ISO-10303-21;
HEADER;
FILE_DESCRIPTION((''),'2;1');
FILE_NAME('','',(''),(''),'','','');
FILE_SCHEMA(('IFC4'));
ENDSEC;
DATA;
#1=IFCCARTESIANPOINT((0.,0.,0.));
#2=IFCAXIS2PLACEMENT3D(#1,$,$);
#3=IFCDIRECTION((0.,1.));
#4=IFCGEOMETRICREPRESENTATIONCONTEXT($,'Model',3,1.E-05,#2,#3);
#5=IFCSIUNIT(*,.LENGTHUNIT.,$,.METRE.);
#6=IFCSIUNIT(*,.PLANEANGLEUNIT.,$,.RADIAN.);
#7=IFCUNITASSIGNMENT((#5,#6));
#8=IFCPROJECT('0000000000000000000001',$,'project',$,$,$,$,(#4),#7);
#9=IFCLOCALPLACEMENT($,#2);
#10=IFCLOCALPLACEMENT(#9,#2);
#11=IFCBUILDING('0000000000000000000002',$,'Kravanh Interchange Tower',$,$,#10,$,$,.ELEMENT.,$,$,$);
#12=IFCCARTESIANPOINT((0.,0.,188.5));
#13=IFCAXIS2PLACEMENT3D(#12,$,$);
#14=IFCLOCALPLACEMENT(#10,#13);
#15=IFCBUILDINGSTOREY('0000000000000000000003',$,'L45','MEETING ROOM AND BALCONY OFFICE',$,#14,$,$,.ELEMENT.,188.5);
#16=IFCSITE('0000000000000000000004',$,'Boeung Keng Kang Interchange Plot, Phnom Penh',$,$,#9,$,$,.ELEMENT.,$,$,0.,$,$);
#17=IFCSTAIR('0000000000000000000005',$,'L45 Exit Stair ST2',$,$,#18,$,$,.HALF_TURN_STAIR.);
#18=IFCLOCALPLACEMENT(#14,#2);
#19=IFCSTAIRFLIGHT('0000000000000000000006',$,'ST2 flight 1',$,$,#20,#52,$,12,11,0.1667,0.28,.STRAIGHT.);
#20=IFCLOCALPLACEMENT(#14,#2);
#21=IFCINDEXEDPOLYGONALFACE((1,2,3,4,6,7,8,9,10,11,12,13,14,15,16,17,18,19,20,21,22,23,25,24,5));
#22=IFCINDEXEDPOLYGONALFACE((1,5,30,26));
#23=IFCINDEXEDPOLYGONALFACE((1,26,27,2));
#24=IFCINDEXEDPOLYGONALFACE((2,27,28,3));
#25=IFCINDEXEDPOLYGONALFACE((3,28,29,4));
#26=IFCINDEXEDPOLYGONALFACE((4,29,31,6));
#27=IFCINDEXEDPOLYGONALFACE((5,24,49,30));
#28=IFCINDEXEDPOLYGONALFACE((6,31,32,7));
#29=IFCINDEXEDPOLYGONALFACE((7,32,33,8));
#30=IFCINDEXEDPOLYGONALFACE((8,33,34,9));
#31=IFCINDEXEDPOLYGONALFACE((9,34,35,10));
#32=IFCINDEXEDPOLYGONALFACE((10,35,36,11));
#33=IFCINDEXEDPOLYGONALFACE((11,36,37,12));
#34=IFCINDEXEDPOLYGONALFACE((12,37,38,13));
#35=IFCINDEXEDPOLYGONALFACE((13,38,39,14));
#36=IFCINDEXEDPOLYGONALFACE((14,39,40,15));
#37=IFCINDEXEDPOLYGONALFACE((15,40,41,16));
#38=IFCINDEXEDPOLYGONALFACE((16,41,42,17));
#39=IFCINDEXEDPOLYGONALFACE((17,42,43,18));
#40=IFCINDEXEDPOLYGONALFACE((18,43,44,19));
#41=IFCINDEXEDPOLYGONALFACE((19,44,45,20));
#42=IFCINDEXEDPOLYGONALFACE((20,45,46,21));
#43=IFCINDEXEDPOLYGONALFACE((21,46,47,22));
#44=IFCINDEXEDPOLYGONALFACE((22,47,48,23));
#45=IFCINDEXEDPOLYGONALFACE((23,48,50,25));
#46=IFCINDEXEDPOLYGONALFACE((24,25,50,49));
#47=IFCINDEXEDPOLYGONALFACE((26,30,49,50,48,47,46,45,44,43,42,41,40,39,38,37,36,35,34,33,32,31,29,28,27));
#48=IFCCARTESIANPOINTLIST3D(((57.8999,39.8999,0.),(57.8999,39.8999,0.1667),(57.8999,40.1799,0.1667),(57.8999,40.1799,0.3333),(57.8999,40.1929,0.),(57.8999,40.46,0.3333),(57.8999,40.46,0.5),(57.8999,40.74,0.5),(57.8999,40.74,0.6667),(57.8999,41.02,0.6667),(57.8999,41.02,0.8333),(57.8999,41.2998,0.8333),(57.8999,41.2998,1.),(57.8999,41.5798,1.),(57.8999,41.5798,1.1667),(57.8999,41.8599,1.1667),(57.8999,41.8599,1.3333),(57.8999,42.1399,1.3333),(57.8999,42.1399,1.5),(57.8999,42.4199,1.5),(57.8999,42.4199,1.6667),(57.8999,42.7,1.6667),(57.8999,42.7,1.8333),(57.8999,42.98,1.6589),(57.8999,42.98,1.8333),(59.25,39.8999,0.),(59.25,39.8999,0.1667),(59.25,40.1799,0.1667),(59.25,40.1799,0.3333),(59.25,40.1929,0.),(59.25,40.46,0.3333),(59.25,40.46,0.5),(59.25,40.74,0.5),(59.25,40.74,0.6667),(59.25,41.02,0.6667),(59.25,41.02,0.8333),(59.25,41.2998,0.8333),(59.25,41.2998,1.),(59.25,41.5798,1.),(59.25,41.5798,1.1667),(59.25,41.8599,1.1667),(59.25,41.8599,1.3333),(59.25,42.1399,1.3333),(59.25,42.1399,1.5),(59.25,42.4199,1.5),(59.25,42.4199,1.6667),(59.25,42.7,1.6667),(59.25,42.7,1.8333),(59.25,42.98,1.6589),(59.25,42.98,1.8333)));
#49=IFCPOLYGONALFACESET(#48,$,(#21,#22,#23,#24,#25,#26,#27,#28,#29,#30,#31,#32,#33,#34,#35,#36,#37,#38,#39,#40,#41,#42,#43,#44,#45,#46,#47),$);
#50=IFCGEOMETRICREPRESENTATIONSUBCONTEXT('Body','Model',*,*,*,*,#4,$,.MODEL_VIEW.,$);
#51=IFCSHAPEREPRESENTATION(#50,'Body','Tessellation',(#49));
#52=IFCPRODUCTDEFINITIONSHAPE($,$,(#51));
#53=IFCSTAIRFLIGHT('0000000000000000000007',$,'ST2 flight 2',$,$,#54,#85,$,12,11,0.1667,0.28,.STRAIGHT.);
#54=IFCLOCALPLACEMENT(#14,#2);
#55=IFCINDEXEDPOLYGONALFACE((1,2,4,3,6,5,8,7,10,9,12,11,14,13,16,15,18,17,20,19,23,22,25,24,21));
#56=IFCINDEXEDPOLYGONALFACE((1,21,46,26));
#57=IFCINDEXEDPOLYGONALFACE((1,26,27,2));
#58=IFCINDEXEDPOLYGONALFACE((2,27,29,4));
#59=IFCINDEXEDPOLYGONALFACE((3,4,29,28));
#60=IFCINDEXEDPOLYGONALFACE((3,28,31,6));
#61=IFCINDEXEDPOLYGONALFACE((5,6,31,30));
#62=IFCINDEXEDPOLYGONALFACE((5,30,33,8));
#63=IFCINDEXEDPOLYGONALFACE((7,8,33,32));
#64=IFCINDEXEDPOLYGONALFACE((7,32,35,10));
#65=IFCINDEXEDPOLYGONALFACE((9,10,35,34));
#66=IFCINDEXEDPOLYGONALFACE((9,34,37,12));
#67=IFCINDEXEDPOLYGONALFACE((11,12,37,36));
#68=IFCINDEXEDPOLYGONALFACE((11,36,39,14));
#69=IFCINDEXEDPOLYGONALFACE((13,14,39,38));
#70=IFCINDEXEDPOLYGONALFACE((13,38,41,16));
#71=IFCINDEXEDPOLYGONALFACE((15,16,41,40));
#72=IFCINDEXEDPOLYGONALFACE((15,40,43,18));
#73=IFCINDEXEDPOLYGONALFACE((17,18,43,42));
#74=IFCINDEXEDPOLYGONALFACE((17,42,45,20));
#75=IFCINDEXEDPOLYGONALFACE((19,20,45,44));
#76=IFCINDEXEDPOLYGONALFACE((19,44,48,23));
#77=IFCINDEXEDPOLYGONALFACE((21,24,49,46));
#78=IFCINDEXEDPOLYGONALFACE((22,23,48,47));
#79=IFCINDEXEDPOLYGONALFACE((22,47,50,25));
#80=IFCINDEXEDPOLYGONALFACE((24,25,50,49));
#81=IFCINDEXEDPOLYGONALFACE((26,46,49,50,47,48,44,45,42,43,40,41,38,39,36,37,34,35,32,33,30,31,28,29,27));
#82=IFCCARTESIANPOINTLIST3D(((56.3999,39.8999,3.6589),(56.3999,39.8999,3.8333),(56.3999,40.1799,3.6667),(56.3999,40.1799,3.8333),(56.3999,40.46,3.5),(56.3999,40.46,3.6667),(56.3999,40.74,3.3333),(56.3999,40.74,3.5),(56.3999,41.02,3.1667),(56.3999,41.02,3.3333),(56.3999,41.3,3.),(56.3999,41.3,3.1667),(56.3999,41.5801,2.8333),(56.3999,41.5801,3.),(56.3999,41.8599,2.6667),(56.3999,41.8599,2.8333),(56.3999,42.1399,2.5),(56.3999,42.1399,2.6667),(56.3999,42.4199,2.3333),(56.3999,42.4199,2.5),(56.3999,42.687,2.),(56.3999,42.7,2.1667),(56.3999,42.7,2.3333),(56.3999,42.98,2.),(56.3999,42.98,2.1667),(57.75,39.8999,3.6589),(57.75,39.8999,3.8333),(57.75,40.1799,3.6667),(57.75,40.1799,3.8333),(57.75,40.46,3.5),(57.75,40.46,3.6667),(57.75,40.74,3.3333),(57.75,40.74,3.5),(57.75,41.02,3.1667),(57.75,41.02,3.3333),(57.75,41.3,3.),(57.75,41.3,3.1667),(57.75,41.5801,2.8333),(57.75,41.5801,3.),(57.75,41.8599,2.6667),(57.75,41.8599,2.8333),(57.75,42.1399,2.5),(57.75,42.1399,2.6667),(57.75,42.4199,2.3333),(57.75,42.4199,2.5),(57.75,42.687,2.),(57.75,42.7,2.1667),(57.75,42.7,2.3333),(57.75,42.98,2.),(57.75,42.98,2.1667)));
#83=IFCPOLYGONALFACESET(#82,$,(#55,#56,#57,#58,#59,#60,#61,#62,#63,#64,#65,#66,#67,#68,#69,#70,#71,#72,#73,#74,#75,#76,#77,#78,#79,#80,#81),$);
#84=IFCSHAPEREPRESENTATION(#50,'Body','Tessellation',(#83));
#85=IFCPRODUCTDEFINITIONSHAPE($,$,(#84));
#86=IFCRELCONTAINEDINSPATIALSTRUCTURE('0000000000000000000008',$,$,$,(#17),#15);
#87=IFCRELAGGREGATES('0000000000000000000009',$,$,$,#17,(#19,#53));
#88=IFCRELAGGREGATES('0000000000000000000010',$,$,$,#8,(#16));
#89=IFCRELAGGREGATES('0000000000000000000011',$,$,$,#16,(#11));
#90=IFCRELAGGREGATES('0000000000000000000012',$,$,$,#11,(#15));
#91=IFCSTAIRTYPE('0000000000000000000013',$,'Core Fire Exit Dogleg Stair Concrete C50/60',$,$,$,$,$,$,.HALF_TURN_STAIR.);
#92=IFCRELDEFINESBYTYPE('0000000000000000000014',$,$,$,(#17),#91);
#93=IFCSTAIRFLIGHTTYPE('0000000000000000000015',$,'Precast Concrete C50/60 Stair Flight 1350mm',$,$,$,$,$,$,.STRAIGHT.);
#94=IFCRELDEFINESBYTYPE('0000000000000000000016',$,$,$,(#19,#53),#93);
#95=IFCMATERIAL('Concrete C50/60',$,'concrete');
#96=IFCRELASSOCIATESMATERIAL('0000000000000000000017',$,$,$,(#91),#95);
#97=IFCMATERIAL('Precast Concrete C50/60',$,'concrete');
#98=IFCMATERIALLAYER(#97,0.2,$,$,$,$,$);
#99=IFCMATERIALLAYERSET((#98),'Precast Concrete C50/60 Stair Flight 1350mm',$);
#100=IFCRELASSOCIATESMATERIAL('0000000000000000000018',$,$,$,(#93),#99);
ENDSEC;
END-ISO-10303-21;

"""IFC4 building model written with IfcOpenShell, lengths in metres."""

from ifc_helpers import new_model, si_unit, direction, frame, origin, place, context, subcontext, project, spatial, polyline, outline, extrude, material, layer, layer_set, type_object, element, aggregate, save


model = new_model("IFC4")

# Units and contexts
model_context = context("Model", 3, precision=1e-05, world=origin(), true_north=direction((0.0, 1.0)))
body_context = subcontext(model_context, "Body", "Model", "MODEL_VIEW")
ifc_project = project(units=[si_unit("LENGTHUNIT", "METRE"), si_unit("PLANEANGLEUNIT", "RADIAN")], contexts=[model_context])

# Site, building, storey
site_placement = place(None, origin())
site = spatial("IfcSite", under=ifc_project, at=site_placement, Name="Boeung Keng Kang Interchange Plot, Phnom Penh", CompositionType="ELEMENT", RefElevation=0.0)
building_placement = place(site_placement, origin())
building = spatial("IfcBuilding", under=site, at=building_placement, Name="Kravanh Interchange Tower", CompositionType="ELEMENT")
storey_placement = place(building_placement, frame((0.0, 0.0, 188.5)))
storey = spatial("IfcBuildingStorey", under=building, at=storey_placement, Name="L45", Description="MEETING ROOM AND BALCONY OFFICE", CompositionType="ELEMENT", Elevation=188.5)

# Stair, stair flights
ifc_material_1 = material(Name="Concrete C50/60", Category="concrete")
stair_type = type_object("IfcStairType", Name="Core Fire Exit Dogleg Stair Concrete C50/60", PredefinedType="HALF_TURN_STAIR", material=ifc_material_1)
ifc_material_2 = material(Name="Precast Concrete C50/60", Category="concrete")
ifc_layer_1 = layer(ifc_material_2, 0.2)
ifc_layer_set_1 = layer_set([ifc_layer_1], Name="Precast Concrete C50/60 Stair Flight 1350mm")
stair_flight_type = type_object("IfcStairFlightType", Name="Precast Concrete C50/60 Stair Flight 1350mm", PredefinedType="STRAIGHT", material=ifc_layer_set_1)
stair_1_placement = place(storey_placement, origin())
stair_1 = element("IfcStair", 1, at=stair_1_placement, inside=storey, type_object=stair_type, Name="L45 Exit Stair ST2", PredefinedType="HALF_TURN_STAIR")
stair_flight_1_placement = place(storey_placement, frame((58.575, 39.8999, 0.0), z_axis=(0.0, 0.0, 1.0), x_axis=(0.0, 1.0, 0.0)))
stair_flight_1 = element("IfcStairFlight", 2, at=stair_flight_1_placement, type_object=stair_flight_type, Name="ST2 flight 1", NumberOfRisers=12, NumberOfTreads=11, PredefinedType="STRAIGHT", RiserHeight=0.1667, TreadLength=0.28, context=body_context, shape_type="SweptSolid", body=[
    extrude(outline(polyline([(0.0, 0.0), (0.0, 0.1667), (0.28, 0.1667), (0.28, 0.3333), (0.5601, 0.3333), (0.5601, 0.5), (0.8401, 0.5), (0.8401, 0.6667), (1.1201, 0.6667), (1.1201, 0.8333), (1.3999, 0.8333), (1.3999, 1.0), (1.6799, 1.0), (1.6799, 1.1667), (1.96, 1.1667), (1.96, 1.3333), (2.24, 1.3333), (2.24, 1.5), (2.52, 1.5), (2.52, 1.6667), (2.8, 1.6667), (2.8, 1.8333), (3.0801, 1.8333), (3.0801, 2.0), (3.0801, 1.6589), (0.293, 0.0), (0.0, 0.0)])), frame((0.0, 0.675, 0.0), z_axis=(0.0, -1.0, 0.0), x_axis=(1.0, 0.0, 0.0)), (0.0, 0.0, 1.0), 1.3501),
])
stair_flight_2_placement = place(storey_placement, frame((57.075, 42.98, 2.0), z_axis=(0.0, 0.0, 1.0), x_axis=(0.0, -1.0, 0.0)))
stair_flight_2 = element("IfcStairFlight", 3, at=stair_flight_2_placement, type_object=stair_flight_type, Name="ST2 flight 2", NumberOfRisers=12, NumberOfTreads=11, PredefinedType="STRAIGHT", RiserHeight=0.1667, TreadLength=0.28, context=body_context, shape_type="SweptSolid", body=[
    extrude(outline(polyline([(0.0, 0.0), (0.0, 0.1667), (0.28, 0.1667), (0.28, 0.3333), (0.5601, 0.3333), (0.5601, 0.5), (0.8401, 0.5), (0.8401, 0.6667), (1.1201, 0.6667), (1.1201, 0.8333), (1.3999, 0.8333), (1.3999, 1.0), (1.6799, 1.0), (1.6799, 1.1667), (1.96, 1.1667), (1.96, 1.3333), (2.24, 1.3333), (2.24, 1.5), (2.52, 1.5), (2.52, 1.6667), (2.8, 1.6667), (2.8, 1.8333), (3.0801, 1.8333), (3.0801, 2.0), (3.0801, 1.6589), (0.293, 0.0), (0.0, 0.0)])), frame((0.0, 0.675, 0.0), z_axis=(0.0, -1.0, 0.0), x_axis=(1.0, 0.0, 0.0)), (0.0, 0.0, 1.0), 1.3501),
])
aggregate(stair_1, [stair_flight_1, stair_flight_2])

save(model, "model.ifc")
